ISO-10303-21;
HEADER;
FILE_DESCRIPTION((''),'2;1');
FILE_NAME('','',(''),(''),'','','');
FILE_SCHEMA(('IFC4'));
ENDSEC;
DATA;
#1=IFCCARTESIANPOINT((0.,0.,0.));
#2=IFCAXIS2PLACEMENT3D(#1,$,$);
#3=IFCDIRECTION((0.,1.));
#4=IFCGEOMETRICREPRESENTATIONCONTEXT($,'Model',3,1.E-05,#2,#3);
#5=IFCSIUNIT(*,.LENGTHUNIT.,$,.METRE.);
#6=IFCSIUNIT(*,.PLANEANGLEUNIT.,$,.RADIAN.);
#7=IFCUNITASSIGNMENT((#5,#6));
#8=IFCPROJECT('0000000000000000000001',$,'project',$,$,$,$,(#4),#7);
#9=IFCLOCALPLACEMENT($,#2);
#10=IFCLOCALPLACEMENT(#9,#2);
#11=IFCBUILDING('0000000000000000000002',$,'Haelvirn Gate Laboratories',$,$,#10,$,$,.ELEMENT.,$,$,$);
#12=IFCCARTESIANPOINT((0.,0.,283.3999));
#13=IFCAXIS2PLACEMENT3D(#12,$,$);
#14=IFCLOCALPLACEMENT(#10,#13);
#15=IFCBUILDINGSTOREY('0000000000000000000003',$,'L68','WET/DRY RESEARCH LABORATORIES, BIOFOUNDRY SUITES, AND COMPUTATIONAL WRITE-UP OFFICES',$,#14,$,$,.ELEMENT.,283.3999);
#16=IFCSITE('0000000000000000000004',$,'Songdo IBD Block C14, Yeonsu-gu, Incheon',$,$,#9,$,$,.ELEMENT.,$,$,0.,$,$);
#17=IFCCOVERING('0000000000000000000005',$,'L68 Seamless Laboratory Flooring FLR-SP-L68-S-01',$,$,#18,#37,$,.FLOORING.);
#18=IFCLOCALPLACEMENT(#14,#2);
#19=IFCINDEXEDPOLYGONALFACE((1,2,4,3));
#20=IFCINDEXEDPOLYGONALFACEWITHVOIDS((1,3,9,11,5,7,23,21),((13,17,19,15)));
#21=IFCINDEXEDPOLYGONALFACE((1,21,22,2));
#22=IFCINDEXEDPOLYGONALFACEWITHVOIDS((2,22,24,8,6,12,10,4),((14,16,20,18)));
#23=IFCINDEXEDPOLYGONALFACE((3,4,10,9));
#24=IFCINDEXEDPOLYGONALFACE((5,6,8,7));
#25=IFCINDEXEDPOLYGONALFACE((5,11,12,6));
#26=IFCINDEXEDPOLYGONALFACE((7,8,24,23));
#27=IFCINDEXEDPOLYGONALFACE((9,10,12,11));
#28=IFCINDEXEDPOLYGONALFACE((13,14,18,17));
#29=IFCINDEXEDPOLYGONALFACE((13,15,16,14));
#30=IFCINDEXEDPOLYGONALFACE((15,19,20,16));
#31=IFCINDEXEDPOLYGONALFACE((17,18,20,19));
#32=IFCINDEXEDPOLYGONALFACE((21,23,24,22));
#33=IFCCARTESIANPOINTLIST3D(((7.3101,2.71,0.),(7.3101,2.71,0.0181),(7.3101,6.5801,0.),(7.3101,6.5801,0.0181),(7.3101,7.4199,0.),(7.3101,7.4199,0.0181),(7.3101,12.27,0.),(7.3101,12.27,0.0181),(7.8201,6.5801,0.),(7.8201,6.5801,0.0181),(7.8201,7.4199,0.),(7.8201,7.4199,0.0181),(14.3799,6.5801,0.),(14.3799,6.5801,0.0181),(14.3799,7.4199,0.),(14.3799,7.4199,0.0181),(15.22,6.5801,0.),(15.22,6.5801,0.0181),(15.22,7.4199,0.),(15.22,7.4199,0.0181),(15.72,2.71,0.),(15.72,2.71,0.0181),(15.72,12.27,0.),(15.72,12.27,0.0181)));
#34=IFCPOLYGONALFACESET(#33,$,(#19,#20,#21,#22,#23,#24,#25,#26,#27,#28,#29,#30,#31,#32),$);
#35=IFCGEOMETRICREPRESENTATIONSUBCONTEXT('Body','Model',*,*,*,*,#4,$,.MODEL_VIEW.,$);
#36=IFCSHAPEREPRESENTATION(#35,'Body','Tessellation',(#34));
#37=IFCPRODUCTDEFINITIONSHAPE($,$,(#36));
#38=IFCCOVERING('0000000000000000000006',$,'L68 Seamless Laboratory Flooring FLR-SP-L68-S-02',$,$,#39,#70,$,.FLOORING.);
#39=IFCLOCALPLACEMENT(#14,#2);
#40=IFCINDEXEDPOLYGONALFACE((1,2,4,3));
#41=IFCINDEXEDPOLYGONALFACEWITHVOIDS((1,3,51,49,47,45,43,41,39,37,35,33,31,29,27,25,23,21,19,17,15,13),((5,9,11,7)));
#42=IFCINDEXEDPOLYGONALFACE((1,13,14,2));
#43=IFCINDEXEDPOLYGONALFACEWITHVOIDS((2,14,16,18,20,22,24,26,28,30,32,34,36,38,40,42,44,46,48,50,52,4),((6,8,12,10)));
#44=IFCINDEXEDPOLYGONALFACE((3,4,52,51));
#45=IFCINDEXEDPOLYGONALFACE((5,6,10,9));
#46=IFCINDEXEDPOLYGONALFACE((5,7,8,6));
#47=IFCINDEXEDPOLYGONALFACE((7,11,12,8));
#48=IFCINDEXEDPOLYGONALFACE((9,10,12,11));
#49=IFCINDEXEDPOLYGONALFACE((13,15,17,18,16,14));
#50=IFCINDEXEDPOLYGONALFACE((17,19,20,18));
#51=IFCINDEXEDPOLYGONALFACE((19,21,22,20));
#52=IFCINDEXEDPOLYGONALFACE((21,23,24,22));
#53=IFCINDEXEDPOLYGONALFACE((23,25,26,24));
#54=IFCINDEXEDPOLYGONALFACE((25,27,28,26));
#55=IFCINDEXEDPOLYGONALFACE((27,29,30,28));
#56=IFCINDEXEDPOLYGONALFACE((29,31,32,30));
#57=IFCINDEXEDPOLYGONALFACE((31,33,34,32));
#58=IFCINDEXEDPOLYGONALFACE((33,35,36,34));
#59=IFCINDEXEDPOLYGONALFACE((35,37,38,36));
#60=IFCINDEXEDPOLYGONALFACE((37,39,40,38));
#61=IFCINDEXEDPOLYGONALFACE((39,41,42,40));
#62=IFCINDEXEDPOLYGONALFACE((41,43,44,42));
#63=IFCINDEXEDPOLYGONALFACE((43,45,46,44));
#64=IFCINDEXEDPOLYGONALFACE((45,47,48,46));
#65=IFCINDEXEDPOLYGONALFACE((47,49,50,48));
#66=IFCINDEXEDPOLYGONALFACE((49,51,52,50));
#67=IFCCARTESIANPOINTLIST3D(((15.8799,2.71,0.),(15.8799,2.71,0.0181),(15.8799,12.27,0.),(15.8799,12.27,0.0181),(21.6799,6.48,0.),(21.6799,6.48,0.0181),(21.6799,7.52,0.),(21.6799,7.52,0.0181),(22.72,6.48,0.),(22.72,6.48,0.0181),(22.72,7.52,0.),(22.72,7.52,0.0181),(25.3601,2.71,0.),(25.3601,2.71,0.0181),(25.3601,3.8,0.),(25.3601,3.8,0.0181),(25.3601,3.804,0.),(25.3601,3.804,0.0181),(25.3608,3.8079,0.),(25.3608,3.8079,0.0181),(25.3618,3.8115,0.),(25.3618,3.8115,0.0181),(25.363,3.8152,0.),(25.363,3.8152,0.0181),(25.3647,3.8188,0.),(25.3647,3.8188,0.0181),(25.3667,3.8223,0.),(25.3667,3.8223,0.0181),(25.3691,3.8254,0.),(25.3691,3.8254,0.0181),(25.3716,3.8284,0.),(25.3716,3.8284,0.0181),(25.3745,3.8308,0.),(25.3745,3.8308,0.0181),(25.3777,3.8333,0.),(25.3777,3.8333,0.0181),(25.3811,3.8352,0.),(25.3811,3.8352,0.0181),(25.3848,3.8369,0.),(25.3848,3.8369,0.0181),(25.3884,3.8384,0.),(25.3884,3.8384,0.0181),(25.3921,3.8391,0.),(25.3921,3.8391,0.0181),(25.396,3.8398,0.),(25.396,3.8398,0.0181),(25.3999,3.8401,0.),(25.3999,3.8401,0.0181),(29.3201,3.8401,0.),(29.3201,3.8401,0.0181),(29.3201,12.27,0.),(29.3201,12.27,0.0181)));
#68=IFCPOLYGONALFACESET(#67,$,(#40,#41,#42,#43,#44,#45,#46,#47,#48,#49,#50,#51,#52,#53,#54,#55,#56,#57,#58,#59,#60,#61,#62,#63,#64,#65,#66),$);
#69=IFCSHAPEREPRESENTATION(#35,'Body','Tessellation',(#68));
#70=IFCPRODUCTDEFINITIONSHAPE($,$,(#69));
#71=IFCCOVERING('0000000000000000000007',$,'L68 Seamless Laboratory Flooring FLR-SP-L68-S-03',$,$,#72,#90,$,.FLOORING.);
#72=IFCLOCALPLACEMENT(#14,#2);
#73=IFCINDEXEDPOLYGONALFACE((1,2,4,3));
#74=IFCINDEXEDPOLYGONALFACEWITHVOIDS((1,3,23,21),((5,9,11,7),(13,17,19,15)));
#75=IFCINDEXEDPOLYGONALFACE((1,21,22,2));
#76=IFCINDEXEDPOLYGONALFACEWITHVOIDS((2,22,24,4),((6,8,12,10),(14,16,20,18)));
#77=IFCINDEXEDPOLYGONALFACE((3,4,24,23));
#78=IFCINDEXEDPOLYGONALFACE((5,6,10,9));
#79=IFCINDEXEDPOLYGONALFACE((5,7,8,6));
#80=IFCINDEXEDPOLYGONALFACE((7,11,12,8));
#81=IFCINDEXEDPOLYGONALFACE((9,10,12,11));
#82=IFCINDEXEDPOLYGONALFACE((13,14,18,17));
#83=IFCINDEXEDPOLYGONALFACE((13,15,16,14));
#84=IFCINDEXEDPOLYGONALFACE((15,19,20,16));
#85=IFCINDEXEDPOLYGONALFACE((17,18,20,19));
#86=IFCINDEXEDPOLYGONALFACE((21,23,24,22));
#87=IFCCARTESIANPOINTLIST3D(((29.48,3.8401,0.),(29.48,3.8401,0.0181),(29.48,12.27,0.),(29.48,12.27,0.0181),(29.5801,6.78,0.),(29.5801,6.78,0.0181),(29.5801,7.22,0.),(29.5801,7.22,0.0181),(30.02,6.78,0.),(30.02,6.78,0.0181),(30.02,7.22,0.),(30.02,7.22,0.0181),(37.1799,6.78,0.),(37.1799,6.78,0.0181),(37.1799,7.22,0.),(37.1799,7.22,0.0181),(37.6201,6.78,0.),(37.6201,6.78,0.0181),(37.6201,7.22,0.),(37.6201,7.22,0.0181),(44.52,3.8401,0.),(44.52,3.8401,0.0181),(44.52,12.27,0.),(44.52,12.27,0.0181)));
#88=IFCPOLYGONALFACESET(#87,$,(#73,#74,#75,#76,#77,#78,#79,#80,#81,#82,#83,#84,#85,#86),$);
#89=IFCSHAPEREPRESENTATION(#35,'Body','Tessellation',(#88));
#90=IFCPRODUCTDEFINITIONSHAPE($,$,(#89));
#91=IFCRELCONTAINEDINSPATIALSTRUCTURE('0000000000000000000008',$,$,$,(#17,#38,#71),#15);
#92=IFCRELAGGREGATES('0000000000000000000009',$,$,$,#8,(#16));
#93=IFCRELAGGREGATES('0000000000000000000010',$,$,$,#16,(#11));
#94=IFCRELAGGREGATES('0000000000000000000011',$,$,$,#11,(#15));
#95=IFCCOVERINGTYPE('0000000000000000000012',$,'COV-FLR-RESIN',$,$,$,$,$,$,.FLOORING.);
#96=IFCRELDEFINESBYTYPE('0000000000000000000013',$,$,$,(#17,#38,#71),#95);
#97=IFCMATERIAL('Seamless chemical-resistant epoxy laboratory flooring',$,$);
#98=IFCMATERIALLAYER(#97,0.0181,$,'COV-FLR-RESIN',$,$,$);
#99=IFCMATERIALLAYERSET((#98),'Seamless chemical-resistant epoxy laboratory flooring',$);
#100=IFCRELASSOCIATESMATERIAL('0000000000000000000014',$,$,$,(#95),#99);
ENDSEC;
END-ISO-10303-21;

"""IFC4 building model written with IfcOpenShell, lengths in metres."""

from ifc_helpers import new_model, si_unit, direction, frame, origin, place, context, subcontext, project, spatial, polyline, outline, extrude, material, layer, layer_set, type_object, element, save


model = new_model("IFC4")

# Units and contexts
model_context = context("Model", 3, precision=1e-05, world=origin(), true_north=direction((0.0, 1.0)))
body_context = subcontext(model_context, "Body", "Model", "MODEL_VIEW")
ifc_project = project(units=[si_unit("LENGTHUNIT", "METRE"), si_unit("PLANEANGLEUNIT", "RADIAN")], contexts=[model_context])

# Site, building, storey
site_placement = place(None, origin())
site = spatial("IfcSite", under=ifc_project, at=site_placement, Name="Songdo IBD Block C14, Yeonsu-gu, Incheon", CompositionType="ELEMENT", RefElevation=0.0)
building_placement = place(site_placement, origin())
building = spatial("IfcBuilding", under=site, at=building_placement, Name="Haelvirn Gate Laboratories", CompositionType="ELEMENT")
storey_placement = place(building_placement, frame((0.0, 0.0, 283.3999)))
storey = spatial("IfcBuildingStorey", under=building, at=storey_placement, Name="L68", Description="WET/DRY RESEARCH LABORATORIES, BIOFOUNDRY SUITES, AND COMPUTATIONAL WRITE-UP OFFICES", CompositionType="ELEMENT", Elevation=283.3999)

# Coverings
ifc_material_1 = material(Name="Seamless chemical-resistant epoxy laboratory flooring")
ifc_layer_1 = layer(ifc_material_1, 0.0181, Name="COV-FLR-RESIN")
ifc_layer_set_1 = layer_set([ifc_layer_1], Name="Seamless chemical-resistant epoxy laboratory flooring")
covering_type_1 = type_object("IfcCoveringType", Name="COV-FLR-RESIN", PredefinedType="FLOORING", material=ifc_layer_set_1)
covering_1_placement = place(storey_placement, origin())
element("IfcCovering", 1, at=covering_1_placement, inside=storey, type_object=covering_type_1, Name="L68 Seamless Laboratory Flooring FLR-SP-L68-S-01", PredefinedType="FLOORING", context=body_context, shape_type="SweptSolid", body=[
    extrude(outline(polyline([(15.72, 2.71), (7.3101, 2.71), (7.3101, 6.5801), (7.8201, 6.5801), (7.8201, 7.4199), (7.3101, 7.4199), (7.3101, 12.27), (15.72, 12.27), (15.72, 2.71)]), holes=[polyline([(14.3799, 6.5801), (15.22, 6.5801), (15.22, 7.4199), (14.3799, 7.4199), (14.3799, 6.5801)])]), origin(), (0.0, 0.0, 1.0), 0.0181),
])
covering_2_placement = place(storey_placement, origin())
element("IfcCovering", 2, at=covering_2_placement, inside=storey, type_object=covering_type_1, Name="L68 Seamless Laboratory Flooring FLR-SP-L68-S-02", PredefinedType="FLOORING", context=body_context, shape_type="SweptSolid", body=[
    extrude(outline(polyline([(29.3201, 12.27), (29.3201, 3.8401), (25.3999, 3.8401), (25.396, 3.8398), (25.3921, 3.8391), (25.3884, 3.8384), (25.3848, 3.8369), (25.3811, 3.8352), (25.3777, 3.8333), (25.3745, 3.8308), (25.3716, 3.8284), (25.3691, 3.8254), (25.3667, 3.8223), (25.3647, 3.8188), (25.363, 3.8152), (25.3618, 3.8115), (25.3608, 3.8079), (25.3601, 3.804), (25.3601, 3.8), (25.3601, 2.71), (15.8799, 2.71), (15.8799, 12.27), (29.3201, 12.27)]), holes=[polyline([(21.6799, 7.52), (21.6799, 6.48), (22.72, 6.48), (22.72, 7.52), (21.6799, 7.52)])]), origin(), (0.0, 0.0, 1.0), 0.0181),
])
covering_3_placement = place(storey_placement, origin())
element("IfcCovering", 3, at=covering_3_placement, inside=storey, type_object=covering_type_1, Name="L68 Seamless Laboratory Flooring FLR-SP-L68-S-03", PredefinedType="FLOORING", context=body_context, shape_type="SweptSolid", body=[
    extrude(outline(polyline([(29.48, 3.8401), (29.48, 12.27), (44.52, 12.27), (44.52, 3.8401), (29.48, 3.8401)]), holes=[polyline([(29.5801, 6.78), (30.02, 6.78), (30.02, 7.22), (29.5801, 7.22), (29.5801, 6.78)]), polyline([(37.1799, 7.22), (37.1799, 6.78), (37.6201, 6.78), (37.6201, 7.22), (37.1799, 7.22)])]), origin(), (0.0, 0.0, 1.0), 0.0181),
])

save(model, "model.ifc")
